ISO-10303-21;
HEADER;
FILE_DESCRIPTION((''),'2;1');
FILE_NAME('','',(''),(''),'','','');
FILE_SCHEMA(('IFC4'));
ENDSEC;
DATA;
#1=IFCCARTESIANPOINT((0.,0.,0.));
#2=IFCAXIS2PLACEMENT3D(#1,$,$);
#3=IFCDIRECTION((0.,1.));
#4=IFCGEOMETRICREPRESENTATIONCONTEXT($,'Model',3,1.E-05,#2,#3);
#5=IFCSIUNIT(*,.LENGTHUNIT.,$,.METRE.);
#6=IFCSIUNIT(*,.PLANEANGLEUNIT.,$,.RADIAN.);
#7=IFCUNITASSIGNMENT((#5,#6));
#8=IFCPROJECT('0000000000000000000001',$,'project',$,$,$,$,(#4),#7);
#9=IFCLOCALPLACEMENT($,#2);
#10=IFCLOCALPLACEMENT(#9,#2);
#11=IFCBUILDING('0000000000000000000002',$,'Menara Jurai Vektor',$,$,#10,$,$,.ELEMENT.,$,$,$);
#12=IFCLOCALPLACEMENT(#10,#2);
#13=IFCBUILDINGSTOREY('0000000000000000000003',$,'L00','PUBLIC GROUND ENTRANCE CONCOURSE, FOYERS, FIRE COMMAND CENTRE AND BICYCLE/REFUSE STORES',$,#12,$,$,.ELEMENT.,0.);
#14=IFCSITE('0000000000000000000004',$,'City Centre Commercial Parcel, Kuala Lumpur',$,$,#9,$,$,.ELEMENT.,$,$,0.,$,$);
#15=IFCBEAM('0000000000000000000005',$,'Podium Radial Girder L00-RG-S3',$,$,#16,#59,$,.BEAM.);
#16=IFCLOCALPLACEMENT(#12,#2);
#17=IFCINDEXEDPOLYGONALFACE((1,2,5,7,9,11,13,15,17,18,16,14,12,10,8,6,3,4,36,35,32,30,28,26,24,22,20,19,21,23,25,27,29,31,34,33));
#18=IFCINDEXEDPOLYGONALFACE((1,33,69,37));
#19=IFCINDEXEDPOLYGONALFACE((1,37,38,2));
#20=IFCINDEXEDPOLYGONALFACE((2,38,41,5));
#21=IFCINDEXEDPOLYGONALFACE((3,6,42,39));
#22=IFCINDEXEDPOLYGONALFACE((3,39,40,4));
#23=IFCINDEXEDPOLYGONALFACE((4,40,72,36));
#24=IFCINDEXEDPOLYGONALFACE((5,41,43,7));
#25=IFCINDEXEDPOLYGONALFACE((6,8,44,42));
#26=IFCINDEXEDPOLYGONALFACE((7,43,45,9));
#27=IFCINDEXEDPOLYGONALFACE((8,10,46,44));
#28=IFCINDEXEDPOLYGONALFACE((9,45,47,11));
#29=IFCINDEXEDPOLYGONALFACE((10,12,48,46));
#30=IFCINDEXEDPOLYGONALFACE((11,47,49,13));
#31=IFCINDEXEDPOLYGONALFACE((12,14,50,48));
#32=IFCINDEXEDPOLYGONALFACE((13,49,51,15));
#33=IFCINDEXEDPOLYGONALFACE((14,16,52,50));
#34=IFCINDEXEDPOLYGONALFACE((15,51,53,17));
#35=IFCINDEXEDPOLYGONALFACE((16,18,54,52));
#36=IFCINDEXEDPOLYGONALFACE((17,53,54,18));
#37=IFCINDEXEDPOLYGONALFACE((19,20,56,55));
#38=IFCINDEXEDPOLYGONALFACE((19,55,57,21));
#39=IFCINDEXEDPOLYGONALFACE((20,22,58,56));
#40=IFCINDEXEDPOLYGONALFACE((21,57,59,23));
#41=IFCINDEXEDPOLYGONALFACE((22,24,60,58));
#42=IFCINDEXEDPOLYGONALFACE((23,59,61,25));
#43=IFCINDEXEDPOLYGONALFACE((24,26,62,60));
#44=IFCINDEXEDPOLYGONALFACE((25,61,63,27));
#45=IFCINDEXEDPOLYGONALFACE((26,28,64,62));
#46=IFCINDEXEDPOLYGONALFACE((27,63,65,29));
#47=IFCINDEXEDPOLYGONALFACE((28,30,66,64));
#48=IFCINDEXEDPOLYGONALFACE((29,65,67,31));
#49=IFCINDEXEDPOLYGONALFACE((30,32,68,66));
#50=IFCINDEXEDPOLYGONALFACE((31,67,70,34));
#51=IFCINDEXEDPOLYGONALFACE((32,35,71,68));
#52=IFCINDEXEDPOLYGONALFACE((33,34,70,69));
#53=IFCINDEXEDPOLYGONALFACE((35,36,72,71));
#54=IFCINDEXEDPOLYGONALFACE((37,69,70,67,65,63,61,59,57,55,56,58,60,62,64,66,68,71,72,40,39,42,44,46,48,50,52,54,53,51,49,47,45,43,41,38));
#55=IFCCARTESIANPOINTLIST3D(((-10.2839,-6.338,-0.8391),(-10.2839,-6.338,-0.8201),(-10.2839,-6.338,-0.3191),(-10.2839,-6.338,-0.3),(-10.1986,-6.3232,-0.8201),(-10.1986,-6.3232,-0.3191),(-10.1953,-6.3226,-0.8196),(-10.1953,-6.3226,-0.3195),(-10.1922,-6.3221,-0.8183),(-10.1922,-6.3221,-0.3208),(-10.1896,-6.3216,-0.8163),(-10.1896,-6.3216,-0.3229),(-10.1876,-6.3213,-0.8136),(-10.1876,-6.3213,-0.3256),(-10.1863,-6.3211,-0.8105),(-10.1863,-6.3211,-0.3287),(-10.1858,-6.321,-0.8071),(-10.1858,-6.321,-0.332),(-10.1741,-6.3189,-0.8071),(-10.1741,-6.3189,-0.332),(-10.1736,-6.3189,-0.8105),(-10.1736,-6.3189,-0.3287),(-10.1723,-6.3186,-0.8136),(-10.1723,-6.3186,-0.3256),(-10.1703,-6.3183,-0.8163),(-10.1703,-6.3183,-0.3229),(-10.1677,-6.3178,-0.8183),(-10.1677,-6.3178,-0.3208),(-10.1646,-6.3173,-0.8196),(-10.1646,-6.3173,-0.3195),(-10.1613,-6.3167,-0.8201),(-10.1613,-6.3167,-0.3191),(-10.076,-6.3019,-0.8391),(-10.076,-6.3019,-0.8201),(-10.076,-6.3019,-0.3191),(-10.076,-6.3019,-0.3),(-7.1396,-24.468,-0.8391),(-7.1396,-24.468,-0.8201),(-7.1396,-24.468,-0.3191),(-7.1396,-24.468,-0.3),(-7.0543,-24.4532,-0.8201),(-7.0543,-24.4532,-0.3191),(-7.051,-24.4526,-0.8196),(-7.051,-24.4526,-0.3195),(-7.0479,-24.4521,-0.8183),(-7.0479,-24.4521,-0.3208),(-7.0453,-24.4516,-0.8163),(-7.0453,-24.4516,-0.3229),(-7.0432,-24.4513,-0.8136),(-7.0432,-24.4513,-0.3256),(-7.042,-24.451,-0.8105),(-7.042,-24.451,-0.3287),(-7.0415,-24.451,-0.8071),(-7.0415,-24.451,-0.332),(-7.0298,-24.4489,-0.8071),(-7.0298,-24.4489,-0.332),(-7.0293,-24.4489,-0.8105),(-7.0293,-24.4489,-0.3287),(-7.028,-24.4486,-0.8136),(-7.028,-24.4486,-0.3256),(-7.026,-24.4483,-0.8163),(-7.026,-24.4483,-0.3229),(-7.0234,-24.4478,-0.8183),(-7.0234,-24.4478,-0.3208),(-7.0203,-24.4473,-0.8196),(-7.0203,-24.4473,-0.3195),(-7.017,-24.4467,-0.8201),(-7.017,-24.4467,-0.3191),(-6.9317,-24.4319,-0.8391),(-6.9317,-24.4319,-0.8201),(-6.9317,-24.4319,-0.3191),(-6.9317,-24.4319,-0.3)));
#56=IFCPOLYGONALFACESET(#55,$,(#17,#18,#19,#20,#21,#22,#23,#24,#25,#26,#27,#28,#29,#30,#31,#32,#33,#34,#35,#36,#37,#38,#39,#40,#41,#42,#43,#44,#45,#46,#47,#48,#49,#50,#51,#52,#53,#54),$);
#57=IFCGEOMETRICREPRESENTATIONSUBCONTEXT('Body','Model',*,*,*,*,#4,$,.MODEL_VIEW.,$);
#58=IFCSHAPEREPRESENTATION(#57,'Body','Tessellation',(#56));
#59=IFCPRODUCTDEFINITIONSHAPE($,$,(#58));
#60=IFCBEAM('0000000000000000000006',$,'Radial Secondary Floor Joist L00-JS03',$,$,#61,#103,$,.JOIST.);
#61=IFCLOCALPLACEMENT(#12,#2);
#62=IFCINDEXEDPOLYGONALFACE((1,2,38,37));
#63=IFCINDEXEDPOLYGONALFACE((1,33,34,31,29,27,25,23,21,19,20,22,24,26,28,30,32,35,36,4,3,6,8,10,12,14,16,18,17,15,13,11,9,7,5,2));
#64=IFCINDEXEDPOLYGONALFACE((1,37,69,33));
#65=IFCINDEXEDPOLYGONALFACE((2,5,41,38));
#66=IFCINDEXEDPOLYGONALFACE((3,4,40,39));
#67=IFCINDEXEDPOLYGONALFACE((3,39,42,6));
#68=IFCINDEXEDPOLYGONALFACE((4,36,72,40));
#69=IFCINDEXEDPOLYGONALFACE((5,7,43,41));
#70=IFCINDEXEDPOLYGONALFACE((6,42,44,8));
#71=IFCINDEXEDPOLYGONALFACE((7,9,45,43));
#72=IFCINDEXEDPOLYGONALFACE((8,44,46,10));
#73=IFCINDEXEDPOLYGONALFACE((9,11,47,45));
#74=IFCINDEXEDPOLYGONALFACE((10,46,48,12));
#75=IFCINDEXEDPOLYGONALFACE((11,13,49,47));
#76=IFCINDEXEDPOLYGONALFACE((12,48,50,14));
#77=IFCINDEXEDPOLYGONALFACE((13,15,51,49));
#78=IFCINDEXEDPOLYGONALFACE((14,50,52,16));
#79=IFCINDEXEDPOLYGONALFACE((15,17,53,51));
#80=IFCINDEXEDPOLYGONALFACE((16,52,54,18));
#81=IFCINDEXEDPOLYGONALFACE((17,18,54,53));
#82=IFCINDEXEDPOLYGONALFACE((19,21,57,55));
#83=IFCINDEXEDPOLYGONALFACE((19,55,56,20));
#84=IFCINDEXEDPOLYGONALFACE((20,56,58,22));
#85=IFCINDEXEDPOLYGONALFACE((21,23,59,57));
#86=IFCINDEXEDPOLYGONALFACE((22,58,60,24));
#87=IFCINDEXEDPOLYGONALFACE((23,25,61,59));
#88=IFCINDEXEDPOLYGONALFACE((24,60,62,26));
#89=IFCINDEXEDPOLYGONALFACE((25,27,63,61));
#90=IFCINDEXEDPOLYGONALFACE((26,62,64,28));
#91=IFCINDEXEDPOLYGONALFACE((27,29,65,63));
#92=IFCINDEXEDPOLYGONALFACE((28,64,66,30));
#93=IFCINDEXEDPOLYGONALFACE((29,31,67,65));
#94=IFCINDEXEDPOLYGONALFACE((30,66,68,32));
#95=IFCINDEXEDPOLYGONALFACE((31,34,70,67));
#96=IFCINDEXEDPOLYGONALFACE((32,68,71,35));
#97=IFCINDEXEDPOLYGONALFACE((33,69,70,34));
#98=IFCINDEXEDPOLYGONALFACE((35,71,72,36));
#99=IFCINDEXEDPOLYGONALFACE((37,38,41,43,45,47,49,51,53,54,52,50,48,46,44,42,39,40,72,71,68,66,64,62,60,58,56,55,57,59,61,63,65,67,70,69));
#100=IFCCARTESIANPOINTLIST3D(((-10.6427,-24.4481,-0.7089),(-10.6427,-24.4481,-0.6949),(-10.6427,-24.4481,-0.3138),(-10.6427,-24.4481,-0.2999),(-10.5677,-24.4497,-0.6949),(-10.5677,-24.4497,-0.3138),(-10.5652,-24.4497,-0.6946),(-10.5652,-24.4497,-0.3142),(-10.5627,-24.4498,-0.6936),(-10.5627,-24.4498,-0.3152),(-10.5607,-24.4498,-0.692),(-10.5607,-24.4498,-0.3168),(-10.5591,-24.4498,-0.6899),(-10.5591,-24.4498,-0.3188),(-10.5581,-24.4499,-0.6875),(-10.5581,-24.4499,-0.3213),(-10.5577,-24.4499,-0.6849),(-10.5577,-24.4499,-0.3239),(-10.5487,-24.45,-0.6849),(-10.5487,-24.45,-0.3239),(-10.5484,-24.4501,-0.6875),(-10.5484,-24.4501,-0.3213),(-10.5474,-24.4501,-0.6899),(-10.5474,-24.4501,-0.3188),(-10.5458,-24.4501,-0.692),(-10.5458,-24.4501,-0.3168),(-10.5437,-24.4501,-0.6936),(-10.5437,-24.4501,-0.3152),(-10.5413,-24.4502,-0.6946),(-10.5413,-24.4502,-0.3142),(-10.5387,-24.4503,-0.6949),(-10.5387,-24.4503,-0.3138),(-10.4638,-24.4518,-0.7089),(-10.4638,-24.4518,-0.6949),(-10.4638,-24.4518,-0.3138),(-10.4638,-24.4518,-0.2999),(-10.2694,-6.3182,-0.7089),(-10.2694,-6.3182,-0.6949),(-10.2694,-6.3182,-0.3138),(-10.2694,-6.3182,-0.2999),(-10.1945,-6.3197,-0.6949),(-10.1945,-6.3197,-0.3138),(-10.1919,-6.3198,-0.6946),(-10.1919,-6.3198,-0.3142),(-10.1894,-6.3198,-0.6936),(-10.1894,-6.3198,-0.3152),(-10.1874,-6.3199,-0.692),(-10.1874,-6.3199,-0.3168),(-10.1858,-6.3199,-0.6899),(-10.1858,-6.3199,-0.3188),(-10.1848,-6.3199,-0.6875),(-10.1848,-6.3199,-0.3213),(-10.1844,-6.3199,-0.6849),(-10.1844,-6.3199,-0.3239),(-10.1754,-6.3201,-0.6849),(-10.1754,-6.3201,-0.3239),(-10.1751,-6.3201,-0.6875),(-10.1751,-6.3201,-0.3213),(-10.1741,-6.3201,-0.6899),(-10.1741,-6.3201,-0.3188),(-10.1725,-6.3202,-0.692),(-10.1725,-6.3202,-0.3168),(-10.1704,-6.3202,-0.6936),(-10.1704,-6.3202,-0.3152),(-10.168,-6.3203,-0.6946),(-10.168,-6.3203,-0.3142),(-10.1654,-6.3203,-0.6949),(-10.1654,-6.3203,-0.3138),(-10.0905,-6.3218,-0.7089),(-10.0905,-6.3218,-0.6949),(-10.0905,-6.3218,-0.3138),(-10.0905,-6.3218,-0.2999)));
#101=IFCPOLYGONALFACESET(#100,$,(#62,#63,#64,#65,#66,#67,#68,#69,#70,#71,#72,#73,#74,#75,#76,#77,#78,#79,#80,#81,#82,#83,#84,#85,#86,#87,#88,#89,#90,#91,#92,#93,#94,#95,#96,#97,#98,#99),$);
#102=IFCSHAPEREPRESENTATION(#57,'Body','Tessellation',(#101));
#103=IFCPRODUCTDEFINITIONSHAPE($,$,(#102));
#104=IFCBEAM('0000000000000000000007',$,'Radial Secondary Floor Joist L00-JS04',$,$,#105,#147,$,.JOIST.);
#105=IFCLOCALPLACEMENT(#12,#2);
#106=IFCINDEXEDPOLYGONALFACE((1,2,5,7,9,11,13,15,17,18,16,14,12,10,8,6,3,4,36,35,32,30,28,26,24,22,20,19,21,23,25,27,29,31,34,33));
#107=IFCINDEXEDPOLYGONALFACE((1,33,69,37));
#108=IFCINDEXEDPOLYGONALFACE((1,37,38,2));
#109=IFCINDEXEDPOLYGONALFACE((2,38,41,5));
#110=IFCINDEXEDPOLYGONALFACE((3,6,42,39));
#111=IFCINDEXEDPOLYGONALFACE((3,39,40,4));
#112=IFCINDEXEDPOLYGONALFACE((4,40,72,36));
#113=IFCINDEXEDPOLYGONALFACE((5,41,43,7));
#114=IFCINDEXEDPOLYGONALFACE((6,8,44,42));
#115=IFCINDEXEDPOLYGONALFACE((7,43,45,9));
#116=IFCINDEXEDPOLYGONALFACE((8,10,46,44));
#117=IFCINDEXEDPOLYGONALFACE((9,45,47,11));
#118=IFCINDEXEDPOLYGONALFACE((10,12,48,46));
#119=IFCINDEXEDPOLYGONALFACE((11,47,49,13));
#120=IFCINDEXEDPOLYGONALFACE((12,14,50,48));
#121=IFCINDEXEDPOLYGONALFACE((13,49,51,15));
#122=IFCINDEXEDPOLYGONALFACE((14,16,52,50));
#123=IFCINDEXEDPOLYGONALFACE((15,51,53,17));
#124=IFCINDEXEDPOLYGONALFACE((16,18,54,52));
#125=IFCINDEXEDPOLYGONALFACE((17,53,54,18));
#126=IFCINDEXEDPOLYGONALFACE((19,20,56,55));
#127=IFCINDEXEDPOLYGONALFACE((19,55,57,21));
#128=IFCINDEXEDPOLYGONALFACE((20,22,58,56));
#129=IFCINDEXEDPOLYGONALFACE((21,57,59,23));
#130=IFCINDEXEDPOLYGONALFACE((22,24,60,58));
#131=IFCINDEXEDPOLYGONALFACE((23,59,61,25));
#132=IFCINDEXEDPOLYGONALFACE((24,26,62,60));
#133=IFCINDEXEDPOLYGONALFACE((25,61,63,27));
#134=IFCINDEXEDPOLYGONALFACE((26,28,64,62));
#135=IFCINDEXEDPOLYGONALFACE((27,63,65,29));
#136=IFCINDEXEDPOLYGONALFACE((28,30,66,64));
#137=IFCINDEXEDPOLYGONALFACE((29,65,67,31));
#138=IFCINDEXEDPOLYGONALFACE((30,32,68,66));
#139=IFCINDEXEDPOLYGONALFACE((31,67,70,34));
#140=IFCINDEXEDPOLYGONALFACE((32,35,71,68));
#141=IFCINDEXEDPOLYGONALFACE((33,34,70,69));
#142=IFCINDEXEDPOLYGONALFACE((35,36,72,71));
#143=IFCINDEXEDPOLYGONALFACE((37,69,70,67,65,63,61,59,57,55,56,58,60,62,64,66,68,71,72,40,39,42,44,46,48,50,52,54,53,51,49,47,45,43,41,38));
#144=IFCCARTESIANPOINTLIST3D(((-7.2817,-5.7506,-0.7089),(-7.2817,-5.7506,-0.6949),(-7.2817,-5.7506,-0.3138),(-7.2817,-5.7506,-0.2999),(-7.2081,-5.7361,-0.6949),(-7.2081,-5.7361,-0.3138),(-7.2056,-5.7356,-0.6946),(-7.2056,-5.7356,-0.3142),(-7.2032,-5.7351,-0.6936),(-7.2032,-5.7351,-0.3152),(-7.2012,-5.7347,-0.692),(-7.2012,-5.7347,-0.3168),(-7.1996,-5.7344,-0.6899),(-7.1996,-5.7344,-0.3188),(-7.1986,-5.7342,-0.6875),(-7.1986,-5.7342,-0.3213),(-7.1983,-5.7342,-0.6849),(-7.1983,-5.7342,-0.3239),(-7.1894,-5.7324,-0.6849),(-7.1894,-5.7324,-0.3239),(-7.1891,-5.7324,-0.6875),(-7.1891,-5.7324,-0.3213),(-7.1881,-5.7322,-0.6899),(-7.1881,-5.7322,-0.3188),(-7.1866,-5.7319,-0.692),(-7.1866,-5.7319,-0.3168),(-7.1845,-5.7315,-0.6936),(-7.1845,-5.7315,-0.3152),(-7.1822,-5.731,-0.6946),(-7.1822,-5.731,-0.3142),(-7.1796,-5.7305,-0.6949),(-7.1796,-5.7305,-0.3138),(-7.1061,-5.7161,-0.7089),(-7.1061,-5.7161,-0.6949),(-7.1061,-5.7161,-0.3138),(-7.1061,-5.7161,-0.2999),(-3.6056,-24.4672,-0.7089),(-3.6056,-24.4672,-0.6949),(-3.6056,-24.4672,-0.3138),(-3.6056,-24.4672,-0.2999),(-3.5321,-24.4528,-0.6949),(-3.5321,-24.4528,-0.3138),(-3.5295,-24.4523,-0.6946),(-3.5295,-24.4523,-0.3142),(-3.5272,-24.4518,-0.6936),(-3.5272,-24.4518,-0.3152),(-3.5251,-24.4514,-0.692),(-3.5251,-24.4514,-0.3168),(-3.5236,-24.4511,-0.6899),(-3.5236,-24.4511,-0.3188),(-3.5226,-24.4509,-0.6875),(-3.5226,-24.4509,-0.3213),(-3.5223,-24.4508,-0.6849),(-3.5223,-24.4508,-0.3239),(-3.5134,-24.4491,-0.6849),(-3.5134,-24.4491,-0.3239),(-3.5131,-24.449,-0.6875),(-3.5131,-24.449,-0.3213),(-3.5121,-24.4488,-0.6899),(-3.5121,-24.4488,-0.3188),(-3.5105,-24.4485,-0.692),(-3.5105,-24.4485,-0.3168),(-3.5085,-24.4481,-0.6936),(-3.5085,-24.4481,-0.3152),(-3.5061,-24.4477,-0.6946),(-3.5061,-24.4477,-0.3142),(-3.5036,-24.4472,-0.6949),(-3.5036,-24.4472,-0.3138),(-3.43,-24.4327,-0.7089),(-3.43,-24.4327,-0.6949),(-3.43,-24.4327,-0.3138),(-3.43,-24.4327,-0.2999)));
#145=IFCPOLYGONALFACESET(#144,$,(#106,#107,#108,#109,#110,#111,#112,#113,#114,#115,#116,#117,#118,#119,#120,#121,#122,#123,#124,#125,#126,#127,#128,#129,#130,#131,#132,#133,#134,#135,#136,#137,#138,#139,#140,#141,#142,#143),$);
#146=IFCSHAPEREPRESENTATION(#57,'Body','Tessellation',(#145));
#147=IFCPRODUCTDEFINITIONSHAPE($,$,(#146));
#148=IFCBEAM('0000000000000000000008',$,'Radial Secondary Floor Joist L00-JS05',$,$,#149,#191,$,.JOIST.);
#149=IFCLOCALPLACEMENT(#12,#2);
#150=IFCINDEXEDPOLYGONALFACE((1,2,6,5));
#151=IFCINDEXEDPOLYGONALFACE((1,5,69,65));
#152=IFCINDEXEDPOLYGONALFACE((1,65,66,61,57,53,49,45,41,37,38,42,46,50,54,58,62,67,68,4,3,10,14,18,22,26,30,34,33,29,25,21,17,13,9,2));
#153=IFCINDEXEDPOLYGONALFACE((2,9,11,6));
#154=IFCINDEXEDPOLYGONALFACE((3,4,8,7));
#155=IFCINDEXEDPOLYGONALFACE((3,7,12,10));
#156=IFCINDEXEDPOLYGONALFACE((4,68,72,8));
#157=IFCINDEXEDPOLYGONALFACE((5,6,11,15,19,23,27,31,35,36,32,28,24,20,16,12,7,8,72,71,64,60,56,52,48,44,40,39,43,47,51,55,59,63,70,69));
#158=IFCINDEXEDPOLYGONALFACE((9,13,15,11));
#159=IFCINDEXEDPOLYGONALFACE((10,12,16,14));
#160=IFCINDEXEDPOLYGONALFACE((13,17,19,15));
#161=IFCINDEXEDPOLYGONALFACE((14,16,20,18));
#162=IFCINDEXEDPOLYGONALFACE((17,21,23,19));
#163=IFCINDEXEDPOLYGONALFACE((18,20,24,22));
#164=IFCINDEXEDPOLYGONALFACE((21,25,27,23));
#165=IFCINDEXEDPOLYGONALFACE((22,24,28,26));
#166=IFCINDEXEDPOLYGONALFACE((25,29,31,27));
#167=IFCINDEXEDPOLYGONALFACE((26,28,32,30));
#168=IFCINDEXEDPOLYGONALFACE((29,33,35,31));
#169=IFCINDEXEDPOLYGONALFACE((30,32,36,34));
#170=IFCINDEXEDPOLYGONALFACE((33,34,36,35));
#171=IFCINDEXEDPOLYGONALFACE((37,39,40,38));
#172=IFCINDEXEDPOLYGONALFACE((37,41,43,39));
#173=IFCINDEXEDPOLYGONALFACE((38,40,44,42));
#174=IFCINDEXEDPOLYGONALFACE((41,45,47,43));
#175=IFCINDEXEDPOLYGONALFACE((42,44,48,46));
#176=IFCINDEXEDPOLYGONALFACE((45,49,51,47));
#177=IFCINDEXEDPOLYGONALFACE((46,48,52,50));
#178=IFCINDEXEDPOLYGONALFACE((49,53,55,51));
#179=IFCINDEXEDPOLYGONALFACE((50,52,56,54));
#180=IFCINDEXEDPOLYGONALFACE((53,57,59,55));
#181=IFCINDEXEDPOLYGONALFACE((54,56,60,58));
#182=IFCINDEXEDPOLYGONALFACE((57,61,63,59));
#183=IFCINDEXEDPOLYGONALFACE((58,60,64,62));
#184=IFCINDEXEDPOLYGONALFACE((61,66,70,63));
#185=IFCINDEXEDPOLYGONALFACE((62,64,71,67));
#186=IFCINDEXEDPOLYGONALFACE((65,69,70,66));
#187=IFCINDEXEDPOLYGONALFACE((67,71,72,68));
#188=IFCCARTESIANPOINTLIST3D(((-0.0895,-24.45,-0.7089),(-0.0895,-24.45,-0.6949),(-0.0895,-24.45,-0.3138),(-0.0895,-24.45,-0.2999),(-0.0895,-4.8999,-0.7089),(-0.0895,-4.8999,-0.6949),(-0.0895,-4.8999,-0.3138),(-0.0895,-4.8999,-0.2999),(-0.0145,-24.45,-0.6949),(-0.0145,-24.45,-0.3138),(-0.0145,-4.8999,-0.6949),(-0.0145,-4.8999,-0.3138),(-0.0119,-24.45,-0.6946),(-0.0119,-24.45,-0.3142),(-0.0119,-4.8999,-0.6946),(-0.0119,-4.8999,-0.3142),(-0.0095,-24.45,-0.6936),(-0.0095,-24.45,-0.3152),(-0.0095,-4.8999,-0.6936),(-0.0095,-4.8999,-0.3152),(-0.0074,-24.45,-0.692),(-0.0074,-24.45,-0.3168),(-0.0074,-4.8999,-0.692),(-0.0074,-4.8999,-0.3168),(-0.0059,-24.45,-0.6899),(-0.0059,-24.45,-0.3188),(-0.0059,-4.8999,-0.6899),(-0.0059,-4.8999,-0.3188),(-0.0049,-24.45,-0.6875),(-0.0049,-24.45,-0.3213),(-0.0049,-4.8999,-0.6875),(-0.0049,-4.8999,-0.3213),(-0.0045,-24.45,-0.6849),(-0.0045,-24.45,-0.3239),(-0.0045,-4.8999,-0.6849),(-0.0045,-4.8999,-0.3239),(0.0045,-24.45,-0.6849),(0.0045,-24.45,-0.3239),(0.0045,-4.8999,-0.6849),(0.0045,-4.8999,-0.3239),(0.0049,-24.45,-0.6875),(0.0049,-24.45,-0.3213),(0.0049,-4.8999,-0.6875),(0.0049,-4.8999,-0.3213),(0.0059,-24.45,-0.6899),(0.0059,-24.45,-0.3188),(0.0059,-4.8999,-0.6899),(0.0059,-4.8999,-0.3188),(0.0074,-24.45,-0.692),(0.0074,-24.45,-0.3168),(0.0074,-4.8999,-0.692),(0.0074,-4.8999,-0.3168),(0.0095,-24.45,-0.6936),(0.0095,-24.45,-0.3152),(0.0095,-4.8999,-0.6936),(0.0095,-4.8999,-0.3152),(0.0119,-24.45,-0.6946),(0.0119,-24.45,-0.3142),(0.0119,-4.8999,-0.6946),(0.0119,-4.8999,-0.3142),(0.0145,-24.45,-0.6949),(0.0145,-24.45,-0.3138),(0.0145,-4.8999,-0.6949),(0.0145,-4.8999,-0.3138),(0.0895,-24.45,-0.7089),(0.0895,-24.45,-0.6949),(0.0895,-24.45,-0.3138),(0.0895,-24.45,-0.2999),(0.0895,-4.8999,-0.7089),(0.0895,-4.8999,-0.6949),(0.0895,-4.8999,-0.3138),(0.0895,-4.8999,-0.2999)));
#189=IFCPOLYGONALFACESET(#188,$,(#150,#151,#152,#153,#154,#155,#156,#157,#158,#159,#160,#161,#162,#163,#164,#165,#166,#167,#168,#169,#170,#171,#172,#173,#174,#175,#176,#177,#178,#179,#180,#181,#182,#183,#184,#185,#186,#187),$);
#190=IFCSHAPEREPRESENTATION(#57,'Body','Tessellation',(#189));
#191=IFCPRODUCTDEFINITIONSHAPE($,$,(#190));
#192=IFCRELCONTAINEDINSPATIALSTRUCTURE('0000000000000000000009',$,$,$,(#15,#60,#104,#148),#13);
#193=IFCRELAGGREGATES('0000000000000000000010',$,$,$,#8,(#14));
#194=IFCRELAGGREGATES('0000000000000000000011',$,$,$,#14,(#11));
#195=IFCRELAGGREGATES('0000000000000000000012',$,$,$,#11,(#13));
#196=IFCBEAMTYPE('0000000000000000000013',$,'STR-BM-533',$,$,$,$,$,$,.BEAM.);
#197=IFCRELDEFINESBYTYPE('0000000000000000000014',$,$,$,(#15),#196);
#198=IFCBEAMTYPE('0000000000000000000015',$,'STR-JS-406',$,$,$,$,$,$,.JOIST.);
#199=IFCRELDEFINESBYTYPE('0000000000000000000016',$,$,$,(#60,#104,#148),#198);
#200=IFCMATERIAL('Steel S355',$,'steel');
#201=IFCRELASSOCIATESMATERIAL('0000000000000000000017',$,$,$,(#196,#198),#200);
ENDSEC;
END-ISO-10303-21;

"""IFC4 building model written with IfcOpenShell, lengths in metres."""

from ifc_helpers import new_model, si_unit, direction, frame, origin, origin_2d, place, context, subcontext, project, spatial, i_section, extrude, material, material_profile, profile_set, type_object, element, save


model = new_model("IFC4")

# Units and contexts
model_context = context("Model", 3, precision=1e-05, world=origin(), true_north=direction((0.0, 1.0)))
body_context = subcontext(model_context, "Body", "Model", "MODEL_VIEW")
ifc_project = project(units=[si_unit("LENGTHUNIT", "METRE"), si_unit("PLANEANGLEUNIT", "RADIAN")], contexts=[model_context])

# Site, building, storey
site_placement = place(None, origin())
site = spatial("IfcSite", under=ifc_project, at=site_placement, Name="City Centre Commercial Parcel, Kuala Lumpur", CompositionType="ELEMENT", RefElevation=0.0)
building_placement = place(site_placement, origin())
building = spatial("IfcBuilding", under=site, at=building_placement, Name="Menara Jurai Vektor", CompositionType="ELEMENT")
storey_placement = place(building_placement, origin())
storey = spatial("IfcBuildingStorey", under=building, at=storey_placement, Name="L00", Description="PUBLIC GROUND ENTRANCE CONCOURSE, FOYERS, FIRE COMMAND CENTRE AND BICYCLE/REFUSE STORES", CompositionType="ELEMENT", Elevation=0.0)

# Shared definitions
ifc_material_1 = material(Name="Steel S355", Category="steel")

# Beams
ifc_material_profile_1 = material_profile(ifc_material_1, i_section(OverallWidth=0.2109, OverallDepth=0.5391, WebThickness=0.012, FlangeThickness=0.019, FilletRadius=0.0129, at=origin_2d()), Name="UKB 533x210x109")
ifc_profile_set_1 = profile_set([ifc_material_profile_1], Name="Steel S355")
beam_type_1 = type_object("IfcBeamType", Name="STR-BM-533", PredefinedType="BEAM", material=ifc_profile_set_1)
beam_1_placement = place(storey_placement, frame((-7.0356, -24.45, -0.5696), z_axis=(-0.17088, 0.985292, 0.0), x_axis=(-0.985292, -0.17088, 0.0)))
element("IfcBeam", 1, at=beam_1_placement, inside=storey, type_object=beam_type_1, Name="Podium Radial Girder L00-RG-S3", PredefinedType="BEAM", context=body_context, shape_type="SweptSolid", body=[
    extrude(i_section(OverallWidth=0.2109, OverallDepth=0.5391, WebThickness=0.012, FlangeThickness=0.019, FilletRadius=0.0129, at=origin_2d()), origin(), (0.0, 0.0, 1.0), 18.4006),
])
ifc_material_profile_2 = material_profile(ifc_material_1, i_section(OverallWidth=0.179, OverallDepth=0.4089, WebThickness=0.009, FlangeThickness=0.0139, FilletRadius=0.01, at=origin_2d()), Name="UKB 406x178x67")
ifc_profile_set_2 = profile_set([ifc_material_profile_2], Name="Steel S355")
beam_type_2 = type_object("IfcBeamType", Name="STR-JS-406", PredefinedType="JOIST", material=ifc_profile_set_2)
beam_2_placement = place(storey_placement, frame((-10.5532, -24.45, -0.5044), z_axis=(0.020585, 0.999788, 0.0), x_axis=(-0.999788, 0.020585, 0.0)))
element("IfcBeam", 2, at=beam_2_placement, inside=storey, type_object=beam_type_2, Name="Radial Secondary Floor Joist L00-JS03", PredefinedType="JOIST", context=body_context, shape_type="SweptSolid", body=[
    extrude(i_section(OverallWidth=0.179, OverallDepth=0.4089, WebThickness=0.009, FlangeThickness=0.0139, FilletRadius=0.01, at=origin_2d()), origin(), (0.0, 0.0, 1.0), 18.1338),
])
beam_3_placement = place(storey_placement, frame((-3.5178, -24.45, -0.5044), z_axis=(-0.192723, 0.981253, 0.0), x_axis=(-0.981253, -0.192723, 0.0)))
element("IfcBeam", 3, at=beam_3_placement, inside=storey, type_object=beam_type_2, Name="Radial Secondary Floor Joist L00-JS04", PredefinedType="JOIST", context=body_context, shape_type="SweptSolid", body=[
    extrude(i_section(OverallWidth=0.179, OverallDepth=0.4089, WebThickness=0.009, FlangeThickness=0.0139, FilletRadius=0.01, at=origin_2d()), origin(), (0.0, 0.0, 1.0), 19.0742),
])
beam_4_placement = place(storey_placement, frame((0.0, -24.45, -0.5044), z_axis=(0.0, 1.0, 0.0), x_axis=(-1.0, 0.0, 0.0)))
element("IfcBeam", 4, at=beam_4_placement, inside=storey, type_object=beam_type_2, Name="Radial Secondary Floor Joist L00-JS05", PredefinedType="JOIST", context=body_context, shape_type="SweptSolid", body=[
    extrude(i_section(OverallWidth=0.179, OverallDepth=0.4089, WebThickness=0.009, FlangeThickness=0.0139, FilletRadius=0.01, at=origin_2d()), origin(), (0.0, 0.0, 1.0), 19.55),
])

save(model, "model.ifc")
